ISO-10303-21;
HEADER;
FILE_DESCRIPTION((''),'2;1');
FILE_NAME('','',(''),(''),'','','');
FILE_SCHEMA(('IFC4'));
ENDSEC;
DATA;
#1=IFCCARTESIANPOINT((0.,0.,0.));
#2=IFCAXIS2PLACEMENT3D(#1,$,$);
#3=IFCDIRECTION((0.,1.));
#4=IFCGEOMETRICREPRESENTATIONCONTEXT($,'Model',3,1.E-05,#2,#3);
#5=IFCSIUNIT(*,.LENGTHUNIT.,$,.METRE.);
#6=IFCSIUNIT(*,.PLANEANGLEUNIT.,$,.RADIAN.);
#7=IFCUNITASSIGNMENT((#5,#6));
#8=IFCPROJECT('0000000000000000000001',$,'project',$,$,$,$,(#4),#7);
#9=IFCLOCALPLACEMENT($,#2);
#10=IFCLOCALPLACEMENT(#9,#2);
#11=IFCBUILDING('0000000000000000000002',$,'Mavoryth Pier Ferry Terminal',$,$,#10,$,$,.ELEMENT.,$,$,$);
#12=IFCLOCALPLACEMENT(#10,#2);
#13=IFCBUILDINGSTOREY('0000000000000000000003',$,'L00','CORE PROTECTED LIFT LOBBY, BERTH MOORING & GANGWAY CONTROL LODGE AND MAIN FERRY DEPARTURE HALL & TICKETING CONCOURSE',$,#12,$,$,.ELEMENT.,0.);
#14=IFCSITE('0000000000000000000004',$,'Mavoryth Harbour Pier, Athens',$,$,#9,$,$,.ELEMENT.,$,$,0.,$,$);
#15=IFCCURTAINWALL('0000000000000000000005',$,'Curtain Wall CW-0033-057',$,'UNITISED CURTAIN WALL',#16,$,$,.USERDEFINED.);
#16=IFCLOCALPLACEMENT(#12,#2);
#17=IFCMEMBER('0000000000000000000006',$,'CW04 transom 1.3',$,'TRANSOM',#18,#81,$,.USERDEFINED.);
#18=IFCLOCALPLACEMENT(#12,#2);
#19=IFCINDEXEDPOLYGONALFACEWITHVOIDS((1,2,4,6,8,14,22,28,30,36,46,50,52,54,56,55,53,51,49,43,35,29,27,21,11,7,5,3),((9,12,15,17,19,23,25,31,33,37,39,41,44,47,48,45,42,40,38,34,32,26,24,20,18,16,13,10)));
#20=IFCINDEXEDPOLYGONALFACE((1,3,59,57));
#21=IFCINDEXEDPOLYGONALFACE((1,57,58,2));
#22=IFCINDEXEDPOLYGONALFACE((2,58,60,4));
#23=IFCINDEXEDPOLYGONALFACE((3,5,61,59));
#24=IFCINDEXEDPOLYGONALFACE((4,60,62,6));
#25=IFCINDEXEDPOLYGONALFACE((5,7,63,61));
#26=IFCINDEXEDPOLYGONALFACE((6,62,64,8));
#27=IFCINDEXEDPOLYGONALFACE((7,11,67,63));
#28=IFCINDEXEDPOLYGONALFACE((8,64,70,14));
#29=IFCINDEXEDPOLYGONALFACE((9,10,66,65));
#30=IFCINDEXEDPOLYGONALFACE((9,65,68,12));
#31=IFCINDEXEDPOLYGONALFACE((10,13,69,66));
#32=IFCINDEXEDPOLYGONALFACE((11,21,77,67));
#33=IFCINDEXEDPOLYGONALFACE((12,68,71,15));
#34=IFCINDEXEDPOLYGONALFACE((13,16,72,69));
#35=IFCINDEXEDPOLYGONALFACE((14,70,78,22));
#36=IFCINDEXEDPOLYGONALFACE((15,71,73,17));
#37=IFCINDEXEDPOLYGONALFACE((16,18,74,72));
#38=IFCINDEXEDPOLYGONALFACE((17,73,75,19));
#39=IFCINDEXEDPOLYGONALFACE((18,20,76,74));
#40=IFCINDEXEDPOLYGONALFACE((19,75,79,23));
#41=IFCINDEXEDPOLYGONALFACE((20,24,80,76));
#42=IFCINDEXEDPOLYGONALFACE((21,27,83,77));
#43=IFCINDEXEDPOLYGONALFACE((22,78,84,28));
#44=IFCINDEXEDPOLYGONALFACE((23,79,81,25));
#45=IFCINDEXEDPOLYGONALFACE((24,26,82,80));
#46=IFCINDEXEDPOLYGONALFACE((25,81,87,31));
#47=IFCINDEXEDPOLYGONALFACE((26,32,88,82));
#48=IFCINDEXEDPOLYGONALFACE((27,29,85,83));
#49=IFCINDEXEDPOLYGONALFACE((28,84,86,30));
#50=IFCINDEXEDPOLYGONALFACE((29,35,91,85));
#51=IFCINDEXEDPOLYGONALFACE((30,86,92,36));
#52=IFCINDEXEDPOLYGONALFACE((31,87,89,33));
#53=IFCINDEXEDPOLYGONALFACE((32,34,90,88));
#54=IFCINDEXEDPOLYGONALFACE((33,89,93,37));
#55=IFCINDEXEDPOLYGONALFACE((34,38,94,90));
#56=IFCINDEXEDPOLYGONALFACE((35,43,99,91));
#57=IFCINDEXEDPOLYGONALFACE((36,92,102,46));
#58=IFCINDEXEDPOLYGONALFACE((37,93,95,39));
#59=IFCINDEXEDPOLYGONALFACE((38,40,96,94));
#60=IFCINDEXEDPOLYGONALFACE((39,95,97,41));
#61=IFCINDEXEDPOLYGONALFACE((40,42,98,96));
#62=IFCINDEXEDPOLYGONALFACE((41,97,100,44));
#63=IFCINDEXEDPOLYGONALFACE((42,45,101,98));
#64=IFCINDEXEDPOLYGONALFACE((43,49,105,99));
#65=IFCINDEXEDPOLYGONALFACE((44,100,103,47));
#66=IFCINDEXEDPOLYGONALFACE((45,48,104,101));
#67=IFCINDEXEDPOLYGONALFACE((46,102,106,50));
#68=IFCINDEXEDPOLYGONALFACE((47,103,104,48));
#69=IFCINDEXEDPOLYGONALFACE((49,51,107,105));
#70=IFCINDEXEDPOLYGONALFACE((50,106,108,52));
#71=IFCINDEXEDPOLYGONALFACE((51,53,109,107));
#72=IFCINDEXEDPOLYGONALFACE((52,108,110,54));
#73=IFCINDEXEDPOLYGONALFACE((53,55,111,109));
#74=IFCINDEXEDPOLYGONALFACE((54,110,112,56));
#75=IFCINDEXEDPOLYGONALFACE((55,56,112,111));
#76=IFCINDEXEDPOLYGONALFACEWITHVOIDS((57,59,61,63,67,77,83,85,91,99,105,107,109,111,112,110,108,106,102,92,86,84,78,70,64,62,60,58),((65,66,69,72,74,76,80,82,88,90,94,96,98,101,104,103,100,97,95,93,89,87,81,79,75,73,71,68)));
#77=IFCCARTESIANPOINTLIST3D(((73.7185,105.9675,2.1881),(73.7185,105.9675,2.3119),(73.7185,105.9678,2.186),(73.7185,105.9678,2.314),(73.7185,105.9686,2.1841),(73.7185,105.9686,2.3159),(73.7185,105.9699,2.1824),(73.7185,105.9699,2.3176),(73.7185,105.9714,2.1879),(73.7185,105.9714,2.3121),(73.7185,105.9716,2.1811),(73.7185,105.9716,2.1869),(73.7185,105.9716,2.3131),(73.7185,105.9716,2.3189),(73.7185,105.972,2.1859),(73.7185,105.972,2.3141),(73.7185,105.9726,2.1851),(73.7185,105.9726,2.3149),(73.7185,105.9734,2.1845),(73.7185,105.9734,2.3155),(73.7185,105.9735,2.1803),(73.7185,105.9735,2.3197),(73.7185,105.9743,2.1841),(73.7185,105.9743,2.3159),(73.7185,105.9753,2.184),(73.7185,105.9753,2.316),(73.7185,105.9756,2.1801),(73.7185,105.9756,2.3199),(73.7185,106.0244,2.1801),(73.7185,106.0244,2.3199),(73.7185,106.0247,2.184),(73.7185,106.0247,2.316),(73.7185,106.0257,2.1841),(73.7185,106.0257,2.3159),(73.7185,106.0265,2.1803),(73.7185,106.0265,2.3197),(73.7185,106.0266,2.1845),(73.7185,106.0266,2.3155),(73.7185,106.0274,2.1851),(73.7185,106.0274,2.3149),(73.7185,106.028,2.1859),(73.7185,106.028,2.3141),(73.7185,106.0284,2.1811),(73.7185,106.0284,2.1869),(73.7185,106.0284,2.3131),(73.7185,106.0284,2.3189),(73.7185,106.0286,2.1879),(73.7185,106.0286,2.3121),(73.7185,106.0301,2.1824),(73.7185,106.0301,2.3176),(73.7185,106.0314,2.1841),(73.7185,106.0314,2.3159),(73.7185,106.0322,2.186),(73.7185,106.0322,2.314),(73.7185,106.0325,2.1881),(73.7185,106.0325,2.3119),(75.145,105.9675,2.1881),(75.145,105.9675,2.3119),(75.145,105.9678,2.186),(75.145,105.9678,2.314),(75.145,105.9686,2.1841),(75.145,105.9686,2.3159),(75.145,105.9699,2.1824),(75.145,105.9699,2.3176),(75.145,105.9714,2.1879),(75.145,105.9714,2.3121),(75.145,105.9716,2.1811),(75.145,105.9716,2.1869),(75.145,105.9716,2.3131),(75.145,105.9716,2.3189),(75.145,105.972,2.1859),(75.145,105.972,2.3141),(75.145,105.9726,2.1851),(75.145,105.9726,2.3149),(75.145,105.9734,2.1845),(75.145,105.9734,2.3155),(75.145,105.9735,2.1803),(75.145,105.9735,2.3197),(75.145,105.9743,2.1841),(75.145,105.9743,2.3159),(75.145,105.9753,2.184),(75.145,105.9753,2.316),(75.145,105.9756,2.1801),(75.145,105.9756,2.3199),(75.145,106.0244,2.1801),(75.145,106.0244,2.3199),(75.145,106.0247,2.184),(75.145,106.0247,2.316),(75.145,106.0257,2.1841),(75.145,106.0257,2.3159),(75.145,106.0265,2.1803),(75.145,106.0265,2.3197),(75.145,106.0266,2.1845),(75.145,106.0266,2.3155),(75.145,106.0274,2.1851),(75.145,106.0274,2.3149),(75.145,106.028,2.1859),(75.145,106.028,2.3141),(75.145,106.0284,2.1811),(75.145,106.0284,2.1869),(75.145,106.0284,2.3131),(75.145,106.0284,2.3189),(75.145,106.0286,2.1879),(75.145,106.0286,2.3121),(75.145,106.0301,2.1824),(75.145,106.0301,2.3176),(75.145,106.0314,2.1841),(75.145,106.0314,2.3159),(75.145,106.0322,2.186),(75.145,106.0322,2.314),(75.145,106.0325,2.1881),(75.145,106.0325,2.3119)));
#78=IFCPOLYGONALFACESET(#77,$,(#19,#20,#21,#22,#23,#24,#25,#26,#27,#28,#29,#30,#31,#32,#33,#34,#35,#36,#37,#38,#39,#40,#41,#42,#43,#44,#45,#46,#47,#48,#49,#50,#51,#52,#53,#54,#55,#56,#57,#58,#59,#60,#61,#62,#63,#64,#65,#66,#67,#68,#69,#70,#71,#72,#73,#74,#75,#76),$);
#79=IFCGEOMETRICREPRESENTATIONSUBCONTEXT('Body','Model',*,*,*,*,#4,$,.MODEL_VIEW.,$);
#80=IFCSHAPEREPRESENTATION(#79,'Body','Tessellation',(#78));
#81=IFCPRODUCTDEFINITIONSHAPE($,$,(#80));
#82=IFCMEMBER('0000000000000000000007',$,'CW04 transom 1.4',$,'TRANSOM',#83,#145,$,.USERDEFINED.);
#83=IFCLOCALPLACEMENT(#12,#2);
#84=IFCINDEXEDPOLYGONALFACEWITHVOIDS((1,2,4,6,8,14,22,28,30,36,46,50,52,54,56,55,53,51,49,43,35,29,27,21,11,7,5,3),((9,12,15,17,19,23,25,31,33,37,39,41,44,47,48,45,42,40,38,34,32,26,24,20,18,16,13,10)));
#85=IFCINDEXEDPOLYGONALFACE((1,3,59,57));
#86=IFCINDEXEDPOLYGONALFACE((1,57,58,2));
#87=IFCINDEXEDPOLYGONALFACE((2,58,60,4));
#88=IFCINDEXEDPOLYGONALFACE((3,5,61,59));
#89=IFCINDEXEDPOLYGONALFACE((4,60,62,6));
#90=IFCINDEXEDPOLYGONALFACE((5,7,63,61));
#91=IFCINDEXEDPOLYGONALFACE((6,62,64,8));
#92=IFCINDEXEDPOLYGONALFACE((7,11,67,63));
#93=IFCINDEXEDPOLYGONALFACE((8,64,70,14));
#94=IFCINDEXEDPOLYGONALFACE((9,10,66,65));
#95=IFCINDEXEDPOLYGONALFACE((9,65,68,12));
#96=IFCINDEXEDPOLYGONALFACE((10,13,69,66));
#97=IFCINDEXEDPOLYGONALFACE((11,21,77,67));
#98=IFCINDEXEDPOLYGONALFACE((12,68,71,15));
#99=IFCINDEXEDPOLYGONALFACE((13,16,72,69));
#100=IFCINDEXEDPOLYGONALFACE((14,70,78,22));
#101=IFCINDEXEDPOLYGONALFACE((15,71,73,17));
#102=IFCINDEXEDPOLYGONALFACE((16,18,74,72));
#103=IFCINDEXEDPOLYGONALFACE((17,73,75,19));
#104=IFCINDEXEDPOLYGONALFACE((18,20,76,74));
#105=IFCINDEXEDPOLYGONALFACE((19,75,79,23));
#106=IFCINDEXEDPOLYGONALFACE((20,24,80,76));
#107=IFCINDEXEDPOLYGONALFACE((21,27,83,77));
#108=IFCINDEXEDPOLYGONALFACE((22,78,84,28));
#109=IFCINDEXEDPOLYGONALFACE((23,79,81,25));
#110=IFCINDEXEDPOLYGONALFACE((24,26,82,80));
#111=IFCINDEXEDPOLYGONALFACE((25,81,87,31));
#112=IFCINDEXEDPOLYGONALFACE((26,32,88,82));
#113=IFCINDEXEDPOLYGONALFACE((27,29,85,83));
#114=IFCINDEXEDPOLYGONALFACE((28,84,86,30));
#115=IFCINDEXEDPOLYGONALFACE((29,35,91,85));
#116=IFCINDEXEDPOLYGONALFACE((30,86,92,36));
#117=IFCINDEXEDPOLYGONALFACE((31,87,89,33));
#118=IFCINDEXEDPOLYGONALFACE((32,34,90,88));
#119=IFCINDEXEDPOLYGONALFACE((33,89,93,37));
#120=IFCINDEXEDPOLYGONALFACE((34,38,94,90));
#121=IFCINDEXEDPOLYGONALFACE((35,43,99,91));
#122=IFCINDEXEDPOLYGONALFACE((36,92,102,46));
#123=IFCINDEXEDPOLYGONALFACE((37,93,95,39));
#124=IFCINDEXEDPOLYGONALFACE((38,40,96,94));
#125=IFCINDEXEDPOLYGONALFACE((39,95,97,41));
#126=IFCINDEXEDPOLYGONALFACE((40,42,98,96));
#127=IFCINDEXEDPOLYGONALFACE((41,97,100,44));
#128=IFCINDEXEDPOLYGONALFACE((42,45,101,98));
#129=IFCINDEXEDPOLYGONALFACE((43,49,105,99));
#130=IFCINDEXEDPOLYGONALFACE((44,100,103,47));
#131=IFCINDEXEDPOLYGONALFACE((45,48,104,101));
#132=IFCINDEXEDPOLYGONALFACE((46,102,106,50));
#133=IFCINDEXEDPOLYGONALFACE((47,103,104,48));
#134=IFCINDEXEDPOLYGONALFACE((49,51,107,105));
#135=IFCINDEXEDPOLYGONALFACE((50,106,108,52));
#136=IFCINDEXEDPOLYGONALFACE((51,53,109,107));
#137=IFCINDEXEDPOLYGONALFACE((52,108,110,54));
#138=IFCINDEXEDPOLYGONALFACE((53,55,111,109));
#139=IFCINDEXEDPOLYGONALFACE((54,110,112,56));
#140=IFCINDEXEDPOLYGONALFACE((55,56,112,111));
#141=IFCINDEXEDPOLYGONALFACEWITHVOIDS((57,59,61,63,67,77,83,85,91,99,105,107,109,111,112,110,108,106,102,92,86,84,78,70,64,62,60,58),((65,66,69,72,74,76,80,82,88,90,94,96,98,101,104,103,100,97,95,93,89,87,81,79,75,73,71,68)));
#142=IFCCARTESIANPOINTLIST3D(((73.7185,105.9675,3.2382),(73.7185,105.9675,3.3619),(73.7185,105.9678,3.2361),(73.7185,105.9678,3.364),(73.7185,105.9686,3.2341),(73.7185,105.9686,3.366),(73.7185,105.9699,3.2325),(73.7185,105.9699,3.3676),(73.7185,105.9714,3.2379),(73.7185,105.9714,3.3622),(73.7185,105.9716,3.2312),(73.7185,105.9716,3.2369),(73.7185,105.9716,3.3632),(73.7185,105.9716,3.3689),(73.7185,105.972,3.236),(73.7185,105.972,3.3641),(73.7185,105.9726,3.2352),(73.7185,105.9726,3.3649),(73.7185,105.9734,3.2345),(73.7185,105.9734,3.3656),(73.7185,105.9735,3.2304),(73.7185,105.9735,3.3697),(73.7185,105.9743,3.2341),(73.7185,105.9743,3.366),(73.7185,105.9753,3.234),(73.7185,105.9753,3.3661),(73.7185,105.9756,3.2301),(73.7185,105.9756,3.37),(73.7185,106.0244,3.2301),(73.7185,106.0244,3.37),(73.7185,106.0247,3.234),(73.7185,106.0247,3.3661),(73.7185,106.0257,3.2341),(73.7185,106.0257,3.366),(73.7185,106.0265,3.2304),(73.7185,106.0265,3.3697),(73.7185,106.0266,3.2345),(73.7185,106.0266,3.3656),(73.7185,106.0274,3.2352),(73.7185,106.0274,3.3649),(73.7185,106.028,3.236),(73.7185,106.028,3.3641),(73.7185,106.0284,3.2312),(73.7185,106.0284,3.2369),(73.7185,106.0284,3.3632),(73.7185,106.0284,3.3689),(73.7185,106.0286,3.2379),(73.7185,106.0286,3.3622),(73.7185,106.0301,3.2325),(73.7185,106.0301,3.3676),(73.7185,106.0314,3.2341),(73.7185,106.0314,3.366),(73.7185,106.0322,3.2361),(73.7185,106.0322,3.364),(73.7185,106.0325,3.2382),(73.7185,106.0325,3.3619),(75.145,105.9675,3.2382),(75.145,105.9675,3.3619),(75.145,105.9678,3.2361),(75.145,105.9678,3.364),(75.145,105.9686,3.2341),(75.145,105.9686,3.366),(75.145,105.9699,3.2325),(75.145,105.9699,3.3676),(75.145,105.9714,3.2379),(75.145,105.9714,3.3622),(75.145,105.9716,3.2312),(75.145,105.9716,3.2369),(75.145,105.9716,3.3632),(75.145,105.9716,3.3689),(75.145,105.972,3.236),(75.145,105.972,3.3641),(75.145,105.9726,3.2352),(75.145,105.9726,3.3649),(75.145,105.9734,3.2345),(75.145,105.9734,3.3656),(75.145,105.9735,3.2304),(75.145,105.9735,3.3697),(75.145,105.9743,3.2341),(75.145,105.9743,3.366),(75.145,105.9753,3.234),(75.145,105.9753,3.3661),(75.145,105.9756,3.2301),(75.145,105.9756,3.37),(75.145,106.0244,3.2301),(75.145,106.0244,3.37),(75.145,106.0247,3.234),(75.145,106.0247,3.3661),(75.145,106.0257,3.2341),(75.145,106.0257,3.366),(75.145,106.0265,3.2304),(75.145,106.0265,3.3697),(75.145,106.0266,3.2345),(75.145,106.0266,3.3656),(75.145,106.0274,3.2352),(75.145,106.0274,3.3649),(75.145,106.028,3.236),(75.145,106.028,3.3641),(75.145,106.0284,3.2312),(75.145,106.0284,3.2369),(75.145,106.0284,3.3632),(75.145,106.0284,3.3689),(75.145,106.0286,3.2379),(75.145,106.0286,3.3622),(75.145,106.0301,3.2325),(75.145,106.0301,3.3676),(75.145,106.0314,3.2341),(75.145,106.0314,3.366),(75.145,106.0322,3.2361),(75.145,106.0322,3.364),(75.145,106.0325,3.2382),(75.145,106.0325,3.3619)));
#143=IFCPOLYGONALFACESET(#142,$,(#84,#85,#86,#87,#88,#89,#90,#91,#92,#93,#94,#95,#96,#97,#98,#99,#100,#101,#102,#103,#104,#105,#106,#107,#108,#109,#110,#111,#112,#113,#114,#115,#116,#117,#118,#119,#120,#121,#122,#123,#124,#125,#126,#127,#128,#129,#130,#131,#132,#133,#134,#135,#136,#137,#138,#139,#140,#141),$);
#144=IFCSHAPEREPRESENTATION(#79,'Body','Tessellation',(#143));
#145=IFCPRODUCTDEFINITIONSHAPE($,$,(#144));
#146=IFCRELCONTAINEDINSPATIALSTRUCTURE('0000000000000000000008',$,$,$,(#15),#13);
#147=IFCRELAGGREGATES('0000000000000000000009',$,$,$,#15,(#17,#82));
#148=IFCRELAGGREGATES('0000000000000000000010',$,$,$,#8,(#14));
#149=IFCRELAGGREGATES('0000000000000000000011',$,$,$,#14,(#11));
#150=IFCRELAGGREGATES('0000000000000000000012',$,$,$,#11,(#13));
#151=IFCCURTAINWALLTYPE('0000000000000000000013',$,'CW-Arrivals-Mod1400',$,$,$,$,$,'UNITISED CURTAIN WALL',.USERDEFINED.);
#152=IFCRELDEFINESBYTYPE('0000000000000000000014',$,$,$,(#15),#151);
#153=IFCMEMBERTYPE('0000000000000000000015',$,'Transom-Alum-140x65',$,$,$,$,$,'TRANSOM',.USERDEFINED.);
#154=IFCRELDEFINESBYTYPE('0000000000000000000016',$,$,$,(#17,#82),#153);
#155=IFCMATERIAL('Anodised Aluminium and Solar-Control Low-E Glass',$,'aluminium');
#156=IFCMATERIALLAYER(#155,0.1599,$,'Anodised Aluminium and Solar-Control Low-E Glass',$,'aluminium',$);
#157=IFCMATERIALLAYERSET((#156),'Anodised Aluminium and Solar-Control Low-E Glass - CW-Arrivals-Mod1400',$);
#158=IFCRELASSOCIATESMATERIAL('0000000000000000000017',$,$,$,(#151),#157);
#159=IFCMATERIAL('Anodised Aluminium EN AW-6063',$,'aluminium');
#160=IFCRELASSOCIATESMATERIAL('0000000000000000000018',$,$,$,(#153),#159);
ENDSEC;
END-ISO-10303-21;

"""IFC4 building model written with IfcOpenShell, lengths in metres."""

from ifc_helpers import new_model, si_unit, direction, frame, origin, origin_2d, place, context, subcontext, project, spatial, hollow_rectangle, extrude, material, layer, layer_set, material_profile, profile_set, type_object, element, aggregate, save


model = new_model("IFC4")

# Units and contexts
model_context = context("Model", 3, precision=1e-05, world=origin(), true_north=direction((0.0, 1.0)))
body_context = subcontext(model_context, "Body", "Model", "MODEL_VIEW")
ifc_project = project(units=[si_unit("LENGTHUNIT", "METRE"), si_unit("PLANEANGLEUNIT", "RADIAN")], contexts=[model_context])

# Site, building, storey
site_placement = place(None, origin())
site = spatial("IfcSite", under=ifc_project, at=site_placement, Name="Mavoryth Harbour Pier, Athens", CompositionType="ELEMENT", RefElevation=0.0)
building_placement = place(site_placement, origin())
building = spatial("IfcBuilding", under=site, at=building_placement, Name="Mavoryth Pier Ferry Terminal", CompositionType="ELEMENT")
storey_placement = place(building_placement, origin())
storey = spatial("IfcBuildingStorey", under=building, at=storey_placement, Name="L00", Description="CORE PROTECTED LIFT LOBBY, BERTH MOORING & GANGWAY CONTROL LODGE AND MAIN FERRY DEPARTURE HALL & TICKETING CONCOURSE", CompositionType="ELEMENT", Elevation=0.0)

# Curtain wall, members
ifc_material_1 = material(Name="Anodised Aluminium and Solar-Control Low-E Glass", Category="aluminium")
ifc_layer_1 = layer(ifc_material_1, 0.1599, Name="Anodised Aluminium and Solar-Control Low-E Glass", Category="aluminium")
ifc_layer_set_1 = layer_set([ifc_layer_1], Name="Anodised Aluminium and Solar-Control Low-E Glass - CW-Arrivals-Mod1400")
curtain_wall_type = type_object("IfcCurtainWallType", Name="CW-Arrivals-Mod1400", ElementType="UNITISED CURTAIN WALL", PredefinedType="USERDEFINED", material=ifc_layer_set_1)
curtain_wall_placement = place(storey_placement, origin())
curtain_wall = element("IfcCurtainWall", 1, at=curtain_wall_placement, inside=storey, type_object=curtain_wall_type, Name="Curtain Wall CW-0033-057", ObjectType="UNITISED CURTAIN WALL", PredefinedType="USERDEFINED")
ifc_material_2 = material(Name="Anodised Aluminium EN AW-6063", Category="aluminium")
ifc_material_profile_1 = material_profile(ifc_material_2, hollow_rectangle(XDim=0.0649, YDim=0.1399, WallThickness=0.0039, InnerFilletRadius=0.0039, OuterFilletRadius=0.0081, at=origin_2d()), Name="AL-TRAN 140x65x4", Category="aluminium")
ifc_profile_set_1 = profile_set([ifc_material_profile_1], Name="Anodised Aluminium EN AW-6063 - AL-TRAN 140x65x4")
member_type_1 = type_object("IfcMemberType", Name="Transom-Alum-140x65", ElementType="TRANSOM", PredefinedType="USERDEFINED", material=ifc_profile_set_1)
member_1_placement = place(storey_placement, frame((75.145, 106.0, 2.25), z_axis=(-1.0, 0.0, 0.0), x_axis=(0.0, -1.0, 0.0)))
member_1 = element("IfcMember", 2, at=member_1_placement, type_object=member_type_1, Name="CW04 transom 1.3", ObjectType="TRANSOM", PredefinedType="USERDEFINED", context=body_context, shape_type="SweptSolid", body=[
    extrude(hollow_rectangle(XDim=0.0649, YDim=0.1399, WallThickness=0.0039, InnerFilletRadius=0.0039, OuterFilletRadius=0.0081, at=origin_2d()), origin(), (0.0, 0.0, 1.0), 1.4265),
])
member_2_placement = place(storey_placement, frame((75.145, 106.0, 3.3), z_axis=(-1.0, 0.0, 0.0), x_axis=(0.0, -1.0, 0.0)))
member_2 = element("IfcMember", 3, at=member_2_placement, type_object=member_type_1, Name="CW04 transom 1.4", ObjectType="TRANSOM", PredefinedType="USERDEFINED", context=body_context, shape_type="SweptSolid", body=[
    extrude(hollow_rectangle(XDim=0.0649, YDim=0.1399, WallThickness=0.0039, InnerFilletRadius=0.0039, OuterFilletRadius=0.0081, at=origin_2d()), origin(), (0.0, 0.0, 1.0), 1.4265),
])
aggregate(curtain_wall, [member_1, member_2])

save(model, "model.ifc")
